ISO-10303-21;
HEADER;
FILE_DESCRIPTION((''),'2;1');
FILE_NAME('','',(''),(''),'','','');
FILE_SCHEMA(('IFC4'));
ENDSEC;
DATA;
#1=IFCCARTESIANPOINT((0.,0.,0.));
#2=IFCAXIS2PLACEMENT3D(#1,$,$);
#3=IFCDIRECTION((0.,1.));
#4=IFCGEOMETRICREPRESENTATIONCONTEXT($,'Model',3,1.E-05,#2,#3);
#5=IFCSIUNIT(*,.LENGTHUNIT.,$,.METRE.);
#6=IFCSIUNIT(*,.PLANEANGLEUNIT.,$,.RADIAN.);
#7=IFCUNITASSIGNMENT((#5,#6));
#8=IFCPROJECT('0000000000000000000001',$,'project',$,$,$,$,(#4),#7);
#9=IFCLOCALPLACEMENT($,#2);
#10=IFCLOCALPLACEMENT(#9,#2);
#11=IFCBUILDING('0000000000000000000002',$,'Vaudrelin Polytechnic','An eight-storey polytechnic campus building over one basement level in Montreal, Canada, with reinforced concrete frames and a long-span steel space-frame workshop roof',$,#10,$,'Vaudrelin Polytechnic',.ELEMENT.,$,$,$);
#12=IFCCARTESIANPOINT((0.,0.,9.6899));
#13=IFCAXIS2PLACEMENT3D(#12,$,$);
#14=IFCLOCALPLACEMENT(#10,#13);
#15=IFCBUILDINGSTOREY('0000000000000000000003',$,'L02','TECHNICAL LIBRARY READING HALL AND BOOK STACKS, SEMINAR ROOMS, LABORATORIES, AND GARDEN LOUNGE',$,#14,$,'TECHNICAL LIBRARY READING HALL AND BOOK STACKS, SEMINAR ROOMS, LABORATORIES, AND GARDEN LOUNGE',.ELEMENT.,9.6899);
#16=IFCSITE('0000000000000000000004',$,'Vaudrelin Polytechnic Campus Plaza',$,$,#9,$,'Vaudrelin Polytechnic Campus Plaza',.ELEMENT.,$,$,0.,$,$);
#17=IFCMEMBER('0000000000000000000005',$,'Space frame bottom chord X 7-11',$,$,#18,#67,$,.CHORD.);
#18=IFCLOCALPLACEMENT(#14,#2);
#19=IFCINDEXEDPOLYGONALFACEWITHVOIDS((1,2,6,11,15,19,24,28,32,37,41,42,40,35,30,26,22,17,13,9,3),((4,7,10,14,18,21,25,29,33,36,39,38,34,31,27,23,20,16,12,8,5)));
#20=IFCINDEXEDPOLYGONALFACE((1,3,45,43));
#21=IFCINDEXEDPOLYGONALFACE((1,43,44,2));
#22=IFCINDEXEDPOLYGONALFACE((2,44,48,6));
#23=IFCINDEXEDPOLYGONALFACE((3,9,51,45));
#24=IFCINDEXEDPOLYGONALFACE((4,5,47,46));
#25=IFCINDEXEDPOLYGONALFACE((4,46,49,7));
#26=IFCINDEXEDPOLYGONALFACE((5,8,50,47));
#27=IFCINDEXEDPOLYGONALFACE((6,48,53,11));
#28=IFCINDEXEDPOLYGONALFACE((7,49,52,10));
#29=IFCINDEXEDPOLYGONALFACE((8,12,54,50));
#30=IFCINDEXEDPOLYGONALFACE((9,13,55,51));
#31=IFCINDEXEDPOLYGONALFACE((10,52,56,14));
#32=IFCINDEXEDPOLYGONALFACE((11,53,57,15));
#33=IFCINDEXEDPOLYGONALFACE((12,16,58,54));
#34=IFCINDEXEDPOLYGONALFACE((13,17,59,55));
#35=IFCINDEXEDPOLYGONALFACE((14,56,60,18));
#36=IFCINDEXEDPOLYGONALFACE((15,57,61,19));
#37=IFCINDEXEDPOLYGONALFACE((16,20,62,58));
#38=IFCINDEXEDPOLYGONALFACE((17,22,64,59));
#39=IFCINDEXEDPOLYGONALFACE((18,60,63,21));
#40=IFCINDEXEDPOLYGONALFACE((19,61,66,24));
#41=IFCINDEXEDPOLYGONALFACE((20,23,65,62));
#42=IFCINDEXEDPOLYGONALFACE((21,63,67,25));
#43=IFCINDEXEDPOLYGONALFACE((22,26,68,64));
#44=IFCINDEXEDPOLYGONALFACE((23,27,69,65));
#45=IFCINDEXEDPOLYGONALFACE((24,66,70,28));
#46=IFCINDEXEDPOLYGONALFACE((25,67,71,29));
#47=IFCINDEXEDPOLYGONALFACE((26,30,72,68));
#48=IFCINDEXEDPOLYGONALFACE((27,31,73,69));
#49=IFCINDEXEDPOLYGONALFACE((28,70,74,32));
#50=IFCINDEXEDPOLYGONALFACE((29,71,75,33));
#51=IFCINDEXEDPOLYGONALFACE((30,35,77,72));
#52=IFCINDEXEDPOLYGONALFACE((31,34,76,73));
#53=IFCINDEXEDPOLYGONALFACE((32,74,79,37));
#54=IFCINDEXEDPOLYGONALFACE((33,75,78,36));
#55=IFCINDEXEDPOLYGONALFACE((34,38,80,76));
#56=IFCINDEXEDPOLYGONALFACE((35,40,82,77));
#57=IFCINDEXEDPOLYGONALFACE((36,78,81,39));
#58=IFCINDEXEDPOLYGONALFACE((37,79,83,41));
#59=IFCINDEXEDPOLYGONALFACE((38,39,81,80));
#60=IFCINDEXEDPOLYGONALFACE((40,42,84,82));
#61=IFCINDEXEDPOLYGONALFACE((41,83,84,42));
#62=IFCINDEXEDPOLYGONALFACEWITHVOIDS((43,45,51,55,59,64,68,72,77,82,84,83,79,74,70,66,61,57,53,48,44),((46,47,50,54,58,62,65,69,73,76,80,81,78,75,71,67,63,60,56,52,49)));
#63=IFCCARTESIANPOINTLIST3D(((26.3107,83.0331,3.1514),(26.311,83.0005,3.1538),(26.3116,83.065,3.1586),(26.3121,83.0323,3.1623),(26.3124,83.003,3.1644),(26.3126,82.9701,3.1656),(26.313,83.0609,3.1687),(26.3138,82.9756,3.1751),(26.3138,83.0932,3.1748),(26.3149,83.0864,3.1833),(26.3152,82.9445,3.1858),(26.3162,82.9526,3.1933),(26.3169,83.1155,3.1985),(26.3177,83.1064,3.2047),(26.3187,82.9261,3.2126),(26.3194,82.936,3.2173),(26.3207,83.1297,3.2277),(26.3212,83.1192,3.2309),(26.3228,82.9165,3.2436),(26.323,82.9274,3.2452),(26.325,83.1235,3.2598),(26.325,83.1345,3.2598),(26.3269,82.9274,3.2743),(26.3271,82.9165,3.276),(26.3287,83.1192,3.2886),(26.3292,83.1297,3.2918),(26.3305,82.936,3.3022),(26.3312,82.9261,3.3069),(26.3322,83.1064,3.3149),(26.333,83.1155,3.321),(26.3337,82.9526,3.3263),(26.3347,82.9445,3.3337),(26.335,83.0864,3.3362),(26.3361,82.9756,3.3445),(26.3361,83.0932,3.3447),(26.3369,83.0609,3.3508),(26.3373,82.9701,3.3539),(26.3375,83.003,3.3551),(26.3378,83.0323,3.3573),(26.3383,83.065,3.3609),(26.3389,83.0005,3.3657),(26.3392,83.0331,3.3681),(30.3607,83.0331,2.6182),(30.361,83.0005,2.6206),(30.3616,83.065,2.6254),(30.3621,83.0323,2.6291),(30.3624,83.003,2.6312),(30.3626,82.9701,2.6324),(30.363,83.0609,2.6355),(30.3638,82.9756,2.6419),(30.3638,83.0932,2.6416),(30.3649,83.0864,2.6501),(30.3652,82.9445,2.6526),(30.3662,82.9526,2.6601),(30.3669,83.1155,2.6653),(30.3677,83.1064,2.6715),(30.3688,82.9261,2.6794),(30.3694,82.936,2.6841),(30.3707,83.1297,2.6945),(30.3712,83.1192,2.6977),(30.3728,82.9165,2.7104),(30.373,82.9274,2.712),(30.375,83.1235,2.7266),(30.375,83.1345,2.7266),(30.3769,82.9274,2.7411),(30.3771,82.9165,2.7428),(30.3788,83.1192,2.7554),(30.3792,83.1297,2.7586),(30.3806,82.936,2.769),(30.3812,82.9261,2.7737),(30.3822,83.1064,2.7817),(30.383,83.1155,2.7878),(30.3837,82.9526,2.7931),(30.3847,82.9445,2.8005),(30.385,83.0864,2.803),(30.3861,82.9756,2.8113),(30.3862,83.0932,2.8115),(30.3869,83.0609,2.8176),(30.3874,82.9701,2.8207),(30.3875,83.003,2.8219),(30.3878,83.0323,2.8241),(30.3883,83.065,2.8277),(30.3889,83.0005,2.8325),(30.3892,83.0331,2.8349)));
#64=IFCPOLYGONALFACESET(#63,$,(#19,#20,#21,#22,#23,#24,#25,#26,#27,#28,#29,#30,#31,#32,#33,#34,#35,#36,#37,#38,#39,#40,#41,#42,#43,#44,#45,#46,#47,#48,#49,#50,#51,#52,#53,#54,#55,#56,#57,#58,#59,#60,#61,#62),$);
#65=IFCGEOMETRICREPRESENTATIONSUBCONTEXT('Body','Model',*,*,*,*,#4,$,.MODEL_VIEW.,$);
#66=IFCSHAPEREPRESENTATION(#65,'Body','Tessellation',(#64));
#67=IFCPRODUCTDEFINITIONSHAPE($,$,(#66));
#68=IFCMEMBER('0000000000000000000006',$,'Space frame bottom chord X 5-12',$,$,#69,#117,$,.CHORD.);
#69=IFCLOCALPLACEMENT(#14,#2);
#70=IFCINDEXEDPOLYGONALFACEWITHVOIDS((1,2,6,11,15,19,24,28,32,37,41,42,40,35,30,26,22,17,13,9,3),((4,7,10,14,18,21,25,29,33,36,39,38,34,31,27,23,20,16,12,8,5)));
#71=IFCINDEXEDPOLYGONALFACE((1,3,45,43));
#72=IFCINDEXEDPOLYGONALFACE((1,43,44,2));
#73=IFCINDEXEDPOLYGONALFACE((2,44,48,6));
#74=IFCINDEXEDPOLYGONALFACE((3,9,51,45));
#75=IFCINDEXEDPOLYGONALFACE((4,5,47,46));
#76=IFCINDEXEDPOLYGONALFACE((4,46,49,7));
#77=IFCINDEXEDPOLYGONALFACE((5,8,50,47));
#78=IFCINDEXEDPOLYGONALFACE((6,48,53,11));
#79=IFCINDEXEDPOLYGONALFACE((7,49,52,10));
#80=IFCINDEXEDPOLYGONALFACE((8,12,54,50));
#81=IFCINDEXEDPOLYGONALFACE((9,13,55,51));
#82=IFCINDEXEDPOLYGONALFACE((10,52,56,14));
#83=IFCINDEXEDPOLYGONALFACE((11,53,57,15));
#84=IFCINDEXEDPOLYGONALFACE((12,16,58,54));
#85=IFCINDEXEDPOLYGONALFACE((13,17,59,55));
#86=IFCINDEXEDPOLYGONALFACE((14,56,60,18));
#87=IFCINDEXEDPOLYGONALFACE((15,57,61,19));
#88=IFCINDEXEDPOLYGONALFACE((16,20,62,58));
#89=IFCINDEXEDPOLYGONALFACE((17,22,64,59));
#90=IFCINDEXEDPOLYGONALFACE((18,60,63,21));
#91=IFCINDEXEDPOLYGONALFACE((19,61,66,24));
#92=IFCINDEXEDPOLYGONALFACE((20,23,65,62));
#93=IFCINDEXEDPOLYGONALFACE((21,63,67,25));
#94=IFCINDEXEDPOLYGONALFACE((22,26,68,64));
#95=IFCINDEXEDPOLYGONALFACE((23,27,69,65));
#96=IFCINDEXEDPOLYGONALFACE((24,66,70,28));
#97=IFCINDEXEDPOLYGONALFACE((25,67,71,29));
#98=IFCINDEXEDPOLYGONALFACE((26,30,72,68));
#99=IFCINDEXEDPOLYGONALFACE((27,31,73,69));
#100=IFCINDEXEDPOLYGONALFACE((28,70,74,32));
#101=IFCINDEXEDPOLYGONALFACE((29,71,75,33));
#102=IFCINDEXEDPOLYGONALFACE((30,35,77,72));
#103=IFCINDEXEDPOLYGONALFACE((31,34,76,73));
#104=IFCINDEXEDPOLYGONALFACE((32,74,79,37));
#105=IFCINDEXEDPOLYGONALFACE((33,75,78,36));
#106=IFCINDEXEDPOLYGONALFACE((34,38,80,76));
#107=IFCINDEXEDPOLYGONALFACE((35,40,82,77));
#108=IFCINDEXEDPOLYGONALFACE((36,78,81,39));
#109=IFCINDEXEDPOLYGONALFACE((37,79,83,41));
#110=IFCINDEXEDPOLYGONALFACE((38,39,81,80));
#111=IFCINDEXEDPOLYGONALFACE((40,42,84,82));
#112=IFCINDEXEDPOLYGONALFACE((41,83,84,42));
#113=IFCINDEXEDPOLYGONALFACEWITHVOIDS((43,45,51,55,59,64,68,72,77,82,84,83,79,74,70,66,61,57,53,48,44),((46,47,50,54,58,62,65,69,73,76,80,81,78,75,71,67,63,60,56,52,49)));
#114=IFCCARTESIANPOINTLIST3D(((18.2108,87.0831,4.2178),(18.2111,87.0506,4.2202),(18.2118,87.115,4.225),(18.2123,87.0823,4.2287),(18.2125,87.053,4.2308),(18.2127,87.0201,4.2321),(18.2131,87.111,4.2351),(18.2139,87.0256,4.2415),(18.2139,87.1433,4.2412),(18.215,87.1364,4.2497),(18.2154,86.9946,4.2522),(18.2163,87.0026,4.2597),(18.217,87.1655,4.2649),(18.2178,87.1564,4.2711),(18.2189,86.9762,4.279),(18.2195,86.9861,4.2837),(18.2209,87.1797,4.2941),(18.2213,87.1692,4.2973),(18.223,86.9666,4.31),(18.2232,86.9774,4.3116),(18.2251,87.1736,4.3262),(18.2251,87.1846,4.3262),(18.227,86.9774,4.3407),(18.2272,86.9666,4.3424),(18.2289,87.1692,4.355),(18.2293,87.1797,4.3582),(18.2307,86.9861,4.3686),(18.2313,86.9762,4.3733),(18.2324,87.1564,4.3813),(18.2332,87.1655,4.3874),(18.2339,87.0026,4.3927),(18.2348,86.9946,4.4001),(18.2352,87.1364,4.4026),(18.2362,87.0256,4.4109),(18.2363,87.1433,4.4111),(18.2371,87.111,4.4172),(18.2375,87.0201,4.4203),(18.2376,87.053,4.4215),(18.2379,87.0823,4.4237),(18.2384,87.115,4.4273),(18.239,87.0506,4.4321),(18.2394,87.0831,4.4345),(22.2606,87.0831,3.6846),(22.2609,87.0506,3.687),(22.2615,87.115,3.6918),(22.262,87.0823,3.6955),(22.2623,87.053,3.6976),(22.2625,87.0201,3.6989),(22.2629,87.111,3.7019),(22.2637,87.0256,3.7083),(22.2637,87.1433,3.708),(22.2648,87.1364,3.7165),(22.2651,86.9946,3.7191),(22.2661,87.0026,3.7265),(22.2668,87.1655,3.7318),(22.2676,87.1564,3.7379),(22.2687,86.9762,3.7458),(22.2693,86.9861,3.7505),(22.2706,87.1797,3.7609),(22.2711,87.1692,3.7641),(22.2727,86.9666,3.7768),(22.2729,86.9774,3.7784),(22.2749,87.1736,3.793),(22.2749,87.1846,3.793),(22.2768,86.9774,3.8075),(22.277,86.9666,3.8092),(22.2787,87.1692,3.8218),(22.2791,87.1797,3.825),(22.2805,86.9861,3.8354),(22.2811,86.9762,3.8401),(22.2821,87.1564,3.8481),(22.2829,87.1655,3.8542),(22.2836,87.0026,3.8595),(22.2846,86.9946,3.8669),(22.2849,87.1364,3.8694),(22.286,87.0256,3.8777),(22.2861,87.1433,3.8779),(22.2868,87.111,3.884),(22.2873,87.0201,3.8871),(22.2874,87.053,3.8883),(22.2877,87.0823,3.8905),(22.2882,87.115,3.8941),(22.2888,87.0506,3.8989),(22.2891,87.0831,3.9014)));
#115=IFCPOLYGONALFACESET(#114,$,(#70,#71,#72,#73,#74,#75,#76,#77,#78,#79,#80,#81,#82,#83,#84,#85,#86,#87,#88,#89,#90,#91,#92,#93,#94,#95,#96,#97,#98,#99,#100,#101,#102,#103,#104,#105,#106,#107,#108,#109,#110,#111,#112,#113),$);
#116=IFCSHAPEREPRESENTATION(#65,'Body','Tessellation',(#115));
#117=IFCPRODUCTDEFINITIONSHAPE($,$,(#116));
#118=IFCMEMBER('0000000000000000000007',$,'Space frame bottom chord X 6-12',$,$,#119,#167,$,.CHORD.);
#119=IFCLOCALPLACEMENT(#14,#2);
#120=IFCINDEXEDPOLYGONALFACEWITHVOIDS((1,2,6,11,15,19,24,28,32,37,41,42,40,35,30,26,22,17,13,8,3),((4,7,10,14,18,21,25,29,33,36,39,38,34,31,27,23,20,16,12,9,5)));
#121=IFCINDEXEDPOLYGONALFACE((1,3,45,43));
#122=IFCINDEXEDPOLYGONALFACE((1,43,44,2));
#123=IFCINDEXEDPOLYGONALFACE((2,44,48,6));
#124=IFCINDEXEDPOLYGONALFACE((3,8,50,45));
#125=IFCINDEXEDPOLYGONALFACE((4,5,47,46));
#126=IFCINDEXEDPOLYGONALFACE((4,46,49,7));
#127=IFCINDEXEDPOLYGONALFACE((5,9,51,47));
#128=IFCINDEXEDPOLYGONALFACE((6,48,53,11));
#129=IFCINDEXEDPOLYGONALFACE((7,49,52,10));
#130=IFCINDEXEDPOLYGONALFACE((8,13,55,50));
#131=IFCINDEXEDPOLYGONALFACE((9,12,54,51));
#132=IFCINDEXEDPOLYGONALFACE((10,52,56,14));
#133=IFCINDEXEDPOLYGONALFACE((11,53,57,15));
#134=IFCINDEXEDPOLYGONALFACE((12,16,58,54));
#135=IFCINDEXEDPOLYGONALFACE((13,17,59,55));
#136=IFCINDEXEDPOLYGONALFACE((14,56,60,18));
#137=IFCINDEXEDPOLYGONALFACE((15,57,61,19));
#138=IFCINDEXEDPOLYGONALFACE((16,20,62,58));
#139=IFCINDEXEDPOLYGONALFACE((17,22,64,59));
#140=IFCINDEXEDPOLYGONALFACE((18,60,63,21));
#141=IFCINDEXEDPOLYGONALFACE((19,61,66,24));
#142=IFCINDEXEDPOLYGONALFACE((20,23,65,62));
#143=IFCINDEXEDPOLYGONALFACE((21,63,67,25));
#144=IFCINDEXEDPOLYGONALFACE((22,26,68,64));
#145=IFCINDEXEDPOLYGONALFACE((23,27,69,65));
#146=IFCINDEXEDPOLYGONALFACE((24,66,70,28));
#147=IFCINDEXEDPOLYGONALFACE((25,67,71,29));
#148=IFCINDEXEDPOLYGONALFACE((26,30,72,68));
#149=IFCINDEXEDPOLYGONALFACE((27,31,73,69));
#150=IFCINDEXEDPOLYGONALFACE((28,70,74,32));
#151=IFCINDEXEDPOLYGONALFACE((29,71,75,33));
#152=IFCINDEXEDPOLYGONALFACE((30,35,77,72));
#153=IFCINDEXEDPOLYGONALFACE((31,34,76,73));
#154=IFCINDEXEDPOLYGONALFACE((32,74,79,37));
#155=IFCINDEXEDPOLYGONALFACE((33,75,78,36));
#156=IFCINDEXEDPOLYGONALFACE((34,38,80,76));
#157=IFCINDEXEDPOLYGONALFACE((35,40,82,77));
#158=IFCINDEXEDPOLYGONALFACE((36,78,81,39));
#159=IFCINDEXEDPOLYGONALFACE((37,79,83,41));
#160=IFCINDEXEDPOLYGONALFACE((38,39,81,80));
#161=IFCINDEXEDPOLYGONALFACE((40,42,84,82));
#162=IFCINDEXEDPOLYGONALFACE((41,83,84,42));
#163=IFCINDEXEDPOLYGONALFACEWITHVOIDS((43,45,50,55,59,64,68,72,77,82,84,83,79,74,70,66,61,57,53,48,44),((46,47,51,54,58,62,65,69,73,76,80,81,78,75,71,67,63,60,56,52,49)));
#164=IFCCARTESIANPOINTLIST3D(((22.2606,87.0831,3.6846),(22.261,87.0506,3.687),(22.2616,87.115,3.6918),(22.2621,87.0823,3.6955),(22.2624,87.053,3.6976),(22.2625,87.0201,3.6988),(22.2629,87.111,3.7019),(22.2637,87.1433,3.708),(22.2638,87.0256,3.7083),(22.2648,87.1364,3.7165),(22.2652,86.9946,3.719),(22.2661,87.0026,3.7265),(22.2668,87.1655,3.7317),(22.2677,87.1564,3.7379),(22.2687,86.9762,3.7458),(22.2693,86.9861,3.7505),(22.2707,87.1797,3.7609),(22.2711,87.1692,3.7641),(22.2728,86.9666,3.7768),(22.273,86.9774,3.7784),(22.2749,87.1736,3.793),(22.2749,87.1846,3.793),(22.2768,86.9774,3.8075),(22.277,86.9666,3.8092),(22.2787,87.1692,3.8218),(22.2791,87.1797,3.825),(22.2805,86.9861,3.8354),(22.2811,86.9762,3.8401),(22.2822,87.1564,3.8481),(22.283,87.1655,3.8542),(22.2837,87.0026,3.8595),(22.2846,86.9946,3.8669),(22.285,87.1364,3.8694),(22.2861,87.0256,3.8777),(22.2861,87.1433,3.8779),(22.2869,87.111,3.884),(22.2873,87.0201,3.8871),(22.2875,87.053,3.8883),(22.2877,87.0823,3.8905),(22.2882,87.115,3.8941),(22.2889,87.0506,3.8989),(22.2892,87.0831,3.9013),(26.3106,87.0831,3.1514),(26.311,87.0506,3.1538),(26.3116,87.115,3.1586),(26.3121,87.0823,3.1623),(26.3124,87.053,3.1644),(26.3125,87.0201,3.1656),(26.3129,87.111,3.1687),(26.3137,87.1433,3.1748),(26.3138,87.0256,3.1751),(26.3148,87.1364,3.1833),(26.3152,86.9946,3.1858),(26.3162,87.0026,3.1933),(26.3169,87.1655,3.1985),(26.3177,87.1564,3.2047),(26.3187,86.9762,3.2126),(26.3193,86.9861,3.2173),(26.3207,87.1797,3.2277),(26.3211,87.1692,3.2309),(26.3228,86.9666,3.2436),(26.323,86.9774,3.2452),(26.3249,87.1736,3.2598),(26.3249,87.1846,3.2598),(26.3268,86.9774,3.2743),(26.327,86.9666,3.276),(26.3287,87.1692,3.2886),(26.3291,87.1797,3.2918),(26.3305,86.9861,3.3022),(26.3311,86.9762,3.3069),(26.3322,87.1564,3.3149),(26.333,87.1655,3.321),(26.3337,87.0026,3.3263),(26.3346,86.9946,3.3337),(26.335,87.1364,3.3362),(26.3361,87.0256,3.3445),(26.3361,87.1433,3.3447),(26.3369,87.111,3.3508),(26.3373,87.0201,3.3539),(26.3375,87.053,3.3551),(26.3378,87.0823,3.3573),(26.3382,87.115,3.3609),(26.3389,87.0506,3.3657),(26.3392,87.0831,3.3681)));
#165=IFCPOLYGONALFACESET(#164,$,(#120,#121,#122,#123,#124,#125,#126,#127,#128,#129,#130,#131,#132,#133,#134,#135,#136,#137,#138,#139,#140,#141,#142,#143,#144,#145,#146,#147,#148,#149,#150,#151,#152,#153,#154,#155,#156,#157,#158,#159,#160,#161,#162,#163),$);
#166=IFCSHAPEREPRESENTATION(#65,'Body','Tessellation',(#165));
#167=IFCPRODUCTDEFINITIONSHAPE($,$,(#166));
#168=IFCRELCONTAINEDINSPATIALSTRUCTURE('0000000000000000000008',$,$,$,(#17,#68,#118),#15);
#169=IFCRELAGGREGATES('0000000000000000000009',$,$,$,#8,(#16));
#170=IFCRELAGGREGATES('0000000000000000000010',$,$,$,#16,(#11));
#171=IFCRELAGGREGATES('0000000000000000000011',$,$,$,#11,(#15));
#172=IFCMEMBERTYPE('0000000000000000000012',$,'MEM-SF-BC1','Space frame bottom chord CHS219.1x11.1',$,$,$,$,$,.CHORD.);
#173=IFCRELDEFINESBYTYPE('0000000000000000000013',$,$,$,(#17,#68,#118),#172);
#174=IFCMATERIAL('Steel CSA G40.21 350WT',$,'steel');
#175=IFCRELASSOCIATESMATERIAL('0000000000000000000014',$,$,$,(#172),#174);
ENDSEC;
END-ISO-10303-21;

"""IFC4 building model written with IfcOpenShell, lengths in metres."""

from ifc_helpers import new_model, si_unit, direction, frame, origin, origin_2d, place, context, subcontext, project, spatial, hollow_circle, extrude, material, material_profile, profile_set, type_object, element, save


model = new_model("IFC4")

# Units and contexts
model_context = context("Model", 3, precision=1e-05, world=origin(), true_north=direction((0.0, 1.0)))
body_context = subcontext(model_context, "Body", "Model", "MODEL_VIEW")
ifc_project = project(units=[si_unit("LENGTHUNIT", "METRE"), si_unit("PLANEANGLEUNIT", "RADIAN")], contexts=[model_context])

# Site, building, storey
site_placement = place(None, origin())
site = spatial("IfcSite", under=ifc_project, at=site_placement, Name="Vaudrelin Polytechnic Campus Plaza", LongName="Vaudrelin Polytechnic Campus Plaza", CompositionType="ELEMENT", RefElevation=0.0)
building_placement = place(site_placement, origin())
building = spatial("IfcBuilding", under=site, at=building_placement, Name="Vaudrelin Polytechnic", Description="An eight-storey polytechnic campus building over one basement level in Montreal, Canada, with reinforced concrete frames and a long-span steel space-frame workshop roof", LongName="Vaudrelin Polytechnic", CompositionType="ELEMENT")
storey_placement = place(building_placement, frame((0.0, 0.0, 9.6899)))
storey = spatial("IfcBuildingStorey", under=building, at=storey_placement, Name="L02", Description="TECHNICAL LIBRARY READING HALL AND BOOK STACKS, SEMINAR ROOMS, LABORATORIES, AND GARDEN LOUNGE", LongName="TECHNICAL LIBRARY READING HALL AND BOOK STACKS, SEMINAR ROOMS, LABORATORIES, AND GARDEN LOUNGE", CompositionType="ELEMENT", Elevation=9.6899)

# Shared definitions
ifc_material_1 = material(Name="Steel CSA G40.21 350WT", Category="steel")

# Members
ifc_material_profile_1 = material_profile(ifc_material_1, hollow_circle(Radius=0.1096, WallThickness=0.011, at=origin_2d()), Name="CHS219.1x11.1")
ifc_profile_set_1 = profile_set([ifc_material_profile_1], Name="Steel CSA G40.21 350WT")
member_type_1 = type_object("IfcMemberType", Name="MEM-SF-BC1", Description="Space frame bottom chord CHS219.1x11.1", PredefinedType="CHORD", material=ifc_profile_set_1)
for number, where, z_axis, x_axis, name in (
    (1, (26.325, 83.0249, 3.2598), (0.991445, 0.0, -0.130527), (0.0, 1.0, 0.0), "Space frame bottom chord X 7-11"),
):
    element("IfcMember", number, at=place(storey_placement, frame(where, z_axis=z_axis, x_axis=x_axis)), inside=storey, type_object=member_type_1, Name=name, PredefinedType="CHORD", context=body_context, shape_type="SweptSolid", body=[
        extrude(hollow_circle(Radius=0.1096, WallThickness=0.011, at=origin_2d()), origin(), (0.0, 0.0, 1.0), 4.085),
    ])
member_1_placement = place(storey_placement, frame((18.2251, 87.075, 4.3262), z_axis=(0.991444, 0.0, -0.130535), x_axis=(0.0, 1.0, 0.0)))
element("IfcMember", 2, at=member_1_placement, inside=storey, type_object=member_type_1, Name="Space frame bottom chord X 5-12", PredefinedType="CHORD", context=body_context, shape_type="SweptSolid", body=[
    extrude(hollow_circle(Radius=0.1096, WallThickness=0.011, at=origin_2d()), origin(), (0.0, 0.0, 1.0), 4.0847),
])
for number, where, z_axis, x_axis, name in (
    (3, (22.2749, 87.075, 3.793), (0.991445, 0.0, -0.130527), (0.0, 1.0, 0.0), "Space frame bottom chord X 6-12"),
):
    element("IfcMember", number, at=place(storey_placement, frame(where, z_axis=z_axis, x_axis=x_axis)), inside=storey, type_object=member_type_1, Name=name, PredefinedType="CHORD", context=body_context, shape_type="SweptSolid", body=[
        extrude(hollow_circle(Radius=0.1096, WallThickness=0.011, at=origin_2d()), origin(), (0.0, 0.0, 1.0), 4.085),
    ])

save(model, "model.ifc")
